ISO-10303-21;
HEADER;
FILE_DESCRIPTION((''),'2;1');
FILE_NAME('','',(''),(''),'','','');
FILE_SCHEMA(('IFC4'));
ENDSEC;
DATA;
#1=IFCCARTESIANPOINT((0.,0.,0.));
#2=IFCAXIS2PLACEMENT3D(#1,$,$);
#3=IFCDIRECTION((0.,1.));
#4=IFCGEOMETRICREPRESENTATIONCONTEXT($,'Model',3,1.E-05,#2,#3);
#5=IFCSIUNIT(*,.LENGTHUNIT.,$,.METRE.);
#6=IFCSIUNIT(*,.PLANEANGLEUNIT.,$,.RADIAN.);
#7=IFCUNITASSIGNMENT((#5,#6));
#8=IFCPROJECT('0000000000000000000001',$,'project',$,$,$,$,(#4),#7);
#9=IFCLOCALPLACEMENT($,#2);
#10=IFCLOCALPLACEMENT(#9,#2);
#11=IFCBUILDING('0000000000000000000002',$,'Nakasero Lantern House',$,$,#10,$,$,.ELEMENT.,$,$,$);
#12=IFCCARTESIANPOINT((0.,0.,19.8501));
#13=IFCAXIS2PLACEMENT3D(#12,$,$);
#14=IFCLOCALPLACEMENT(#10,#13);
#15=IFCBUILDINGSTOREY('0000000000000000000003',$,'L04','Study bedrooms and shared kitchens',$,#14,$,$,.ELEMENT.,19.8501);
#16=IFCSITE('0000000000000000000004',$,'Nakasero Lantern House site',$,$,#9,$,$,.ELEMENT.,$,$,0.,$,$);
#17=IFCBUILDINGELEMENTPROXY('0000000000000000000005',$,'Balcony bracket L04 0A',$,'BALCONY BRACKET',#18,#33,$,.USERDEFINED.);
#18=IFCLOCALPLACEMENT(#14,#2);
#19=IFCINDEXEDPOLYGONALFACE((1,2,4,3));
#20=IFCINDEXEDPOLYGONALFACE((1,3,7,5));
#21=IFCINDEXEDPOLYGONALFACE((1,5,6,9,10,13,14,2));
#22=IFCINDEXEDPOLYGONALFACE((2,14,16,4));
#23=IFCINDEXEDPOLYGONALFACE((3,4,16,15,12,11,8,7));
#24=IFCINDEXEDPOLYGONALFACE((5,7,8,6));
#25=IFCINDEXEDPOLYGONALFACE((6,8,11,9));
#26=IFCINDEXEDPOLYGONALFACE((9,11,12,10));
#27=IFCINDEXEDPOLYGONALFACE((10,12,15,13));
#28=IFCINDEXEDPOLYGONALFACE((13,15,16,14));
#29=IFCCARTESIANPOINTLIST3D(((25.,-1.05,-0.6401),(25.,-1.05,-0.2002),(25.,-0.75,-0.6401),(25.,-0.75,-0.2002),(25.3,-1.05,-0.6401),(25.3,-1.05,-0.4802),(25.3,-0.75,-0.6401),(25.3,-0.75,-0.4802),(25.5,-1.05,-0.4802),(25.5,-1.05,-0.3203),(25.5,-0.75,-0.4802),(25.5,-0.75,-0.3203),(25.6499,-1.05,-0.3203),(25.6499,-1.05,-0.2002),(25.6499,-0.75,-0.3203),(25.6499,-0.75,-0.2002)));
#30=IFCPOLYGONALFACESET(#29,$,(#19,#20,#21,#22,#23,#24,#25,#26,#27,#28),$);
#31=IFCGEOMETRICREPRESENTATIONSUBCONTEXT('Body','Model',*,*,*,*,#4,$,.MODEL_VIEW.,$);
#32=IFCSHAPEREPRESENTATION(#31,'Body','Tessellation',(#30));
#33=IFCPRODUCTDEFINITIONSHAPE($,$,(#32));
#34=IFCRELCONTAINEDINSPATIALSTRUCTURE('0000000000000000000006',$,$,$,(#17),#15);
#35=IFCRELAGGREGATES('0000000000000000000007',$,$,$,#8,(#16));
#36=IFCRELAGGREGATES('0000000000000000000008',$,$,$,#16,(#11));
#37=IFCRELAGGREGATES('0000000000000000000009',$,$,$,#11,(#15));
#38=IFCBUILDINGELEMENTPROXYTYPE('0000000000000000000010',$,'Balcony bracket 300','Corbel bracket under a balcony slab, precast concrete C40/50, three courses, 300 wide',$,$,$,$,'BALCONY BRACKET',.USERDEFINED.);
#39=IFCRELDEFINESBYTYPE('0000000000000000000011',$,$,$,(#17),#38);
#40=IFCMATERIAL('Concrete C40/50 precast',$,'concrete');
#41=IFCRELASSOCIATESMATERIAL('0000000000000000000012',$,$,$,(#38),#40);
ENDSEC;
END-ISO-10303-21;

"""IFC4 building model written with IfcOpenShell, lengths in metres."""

from ifc_helpers import new_model, si_unit, direction, frame, origin, place, context, subcontext, project, spatial, polyline, outline, extrude, material, type_object, element, save


model = new_model("IFC4")

# Units and contexts
model_context = context("Model", 3, precision=1e-05, world=origin(), true_north=direction((0.0, 1.0)))
body_context = subcontext(model_context, "Body", "Model", "MODEL_VIEW")
ifc_project = project(units=[si_unit("LENGTHUNIT", "METRE"), si_unit("PLANEANGLEUNIT", "RADIAN")], contexts=[model_context])

# Site, building, storey
site_placement = place(None, origin())
site = spatial("IfcSite", under=ifc_project, at=site_placement, Name="Nakasero Lantern House site", CompositionType="ELEMENT", RefElevation=0.0)
building_placement = place(site_placement, origin())
building = spatial("IfcBuilding", under=site, at=building_placement, Name="Nakasero Lantern House", CompositionType="ELEMENT")
storey_placement = place(building_placement, frame((0.0, 0.0, 19.8501)))
storey = spatial("IfcBuildingStorey", under=building, at=storey_placement, Name="L04", Description="Study bedrooms and shared kitchens", CompositionType="ELEMENT", Elevation=19.8501)

# Building element proxy
ifc_material_1 = material(Name="Concrete C40/50 precast", Category="concrete")
building_element_proxy_type = type_object("IfcBuildingElementProxyType", Name="Balcony bracket 300", Description="Corbel bracket under a balcony slab, precast concrete C40/50, three courses, 300 wide", ElementType="BALCONY BRACKET", PredefinedType="USERDEFINED", material=ifc_material_1)
proxy_placement = place(storey_placement, frame((25.0, -0.8999, -0.2002), z_axis=(0.0, 0.0, 1.0), x_axis=(1.0, 0.0, 0.0)))
element("IfcBuildingElementProxy", 1, at=proxy_placement, inside=storey, type_object=building_element_proxy_type, Name="Balcony bracket L04 0A", ObjectType="BALCONY BRACKET", PredefinedType="USERDEFINED", context=body_context, shape_type="SweptSolid", body=[
    extrude(outline(polyline([(0.0, 0.0), (0.6499, 0.0), (0.6499, -0.1201), (0.5, -0.1201), (0.5, -0.28), (0.3, -0.28), (0.3, -0.4399), (0.0, -0.4399), (0.0, 0.0)])), frame((0.0, 0.1499, 0.0), z_axis=(0.0, -1.0, 0.0), x_axis=(1.0, 0.0, 0.0)), (0.0, 0.0, 1.0), 0.3),
])

save(model, "model.ifc")
